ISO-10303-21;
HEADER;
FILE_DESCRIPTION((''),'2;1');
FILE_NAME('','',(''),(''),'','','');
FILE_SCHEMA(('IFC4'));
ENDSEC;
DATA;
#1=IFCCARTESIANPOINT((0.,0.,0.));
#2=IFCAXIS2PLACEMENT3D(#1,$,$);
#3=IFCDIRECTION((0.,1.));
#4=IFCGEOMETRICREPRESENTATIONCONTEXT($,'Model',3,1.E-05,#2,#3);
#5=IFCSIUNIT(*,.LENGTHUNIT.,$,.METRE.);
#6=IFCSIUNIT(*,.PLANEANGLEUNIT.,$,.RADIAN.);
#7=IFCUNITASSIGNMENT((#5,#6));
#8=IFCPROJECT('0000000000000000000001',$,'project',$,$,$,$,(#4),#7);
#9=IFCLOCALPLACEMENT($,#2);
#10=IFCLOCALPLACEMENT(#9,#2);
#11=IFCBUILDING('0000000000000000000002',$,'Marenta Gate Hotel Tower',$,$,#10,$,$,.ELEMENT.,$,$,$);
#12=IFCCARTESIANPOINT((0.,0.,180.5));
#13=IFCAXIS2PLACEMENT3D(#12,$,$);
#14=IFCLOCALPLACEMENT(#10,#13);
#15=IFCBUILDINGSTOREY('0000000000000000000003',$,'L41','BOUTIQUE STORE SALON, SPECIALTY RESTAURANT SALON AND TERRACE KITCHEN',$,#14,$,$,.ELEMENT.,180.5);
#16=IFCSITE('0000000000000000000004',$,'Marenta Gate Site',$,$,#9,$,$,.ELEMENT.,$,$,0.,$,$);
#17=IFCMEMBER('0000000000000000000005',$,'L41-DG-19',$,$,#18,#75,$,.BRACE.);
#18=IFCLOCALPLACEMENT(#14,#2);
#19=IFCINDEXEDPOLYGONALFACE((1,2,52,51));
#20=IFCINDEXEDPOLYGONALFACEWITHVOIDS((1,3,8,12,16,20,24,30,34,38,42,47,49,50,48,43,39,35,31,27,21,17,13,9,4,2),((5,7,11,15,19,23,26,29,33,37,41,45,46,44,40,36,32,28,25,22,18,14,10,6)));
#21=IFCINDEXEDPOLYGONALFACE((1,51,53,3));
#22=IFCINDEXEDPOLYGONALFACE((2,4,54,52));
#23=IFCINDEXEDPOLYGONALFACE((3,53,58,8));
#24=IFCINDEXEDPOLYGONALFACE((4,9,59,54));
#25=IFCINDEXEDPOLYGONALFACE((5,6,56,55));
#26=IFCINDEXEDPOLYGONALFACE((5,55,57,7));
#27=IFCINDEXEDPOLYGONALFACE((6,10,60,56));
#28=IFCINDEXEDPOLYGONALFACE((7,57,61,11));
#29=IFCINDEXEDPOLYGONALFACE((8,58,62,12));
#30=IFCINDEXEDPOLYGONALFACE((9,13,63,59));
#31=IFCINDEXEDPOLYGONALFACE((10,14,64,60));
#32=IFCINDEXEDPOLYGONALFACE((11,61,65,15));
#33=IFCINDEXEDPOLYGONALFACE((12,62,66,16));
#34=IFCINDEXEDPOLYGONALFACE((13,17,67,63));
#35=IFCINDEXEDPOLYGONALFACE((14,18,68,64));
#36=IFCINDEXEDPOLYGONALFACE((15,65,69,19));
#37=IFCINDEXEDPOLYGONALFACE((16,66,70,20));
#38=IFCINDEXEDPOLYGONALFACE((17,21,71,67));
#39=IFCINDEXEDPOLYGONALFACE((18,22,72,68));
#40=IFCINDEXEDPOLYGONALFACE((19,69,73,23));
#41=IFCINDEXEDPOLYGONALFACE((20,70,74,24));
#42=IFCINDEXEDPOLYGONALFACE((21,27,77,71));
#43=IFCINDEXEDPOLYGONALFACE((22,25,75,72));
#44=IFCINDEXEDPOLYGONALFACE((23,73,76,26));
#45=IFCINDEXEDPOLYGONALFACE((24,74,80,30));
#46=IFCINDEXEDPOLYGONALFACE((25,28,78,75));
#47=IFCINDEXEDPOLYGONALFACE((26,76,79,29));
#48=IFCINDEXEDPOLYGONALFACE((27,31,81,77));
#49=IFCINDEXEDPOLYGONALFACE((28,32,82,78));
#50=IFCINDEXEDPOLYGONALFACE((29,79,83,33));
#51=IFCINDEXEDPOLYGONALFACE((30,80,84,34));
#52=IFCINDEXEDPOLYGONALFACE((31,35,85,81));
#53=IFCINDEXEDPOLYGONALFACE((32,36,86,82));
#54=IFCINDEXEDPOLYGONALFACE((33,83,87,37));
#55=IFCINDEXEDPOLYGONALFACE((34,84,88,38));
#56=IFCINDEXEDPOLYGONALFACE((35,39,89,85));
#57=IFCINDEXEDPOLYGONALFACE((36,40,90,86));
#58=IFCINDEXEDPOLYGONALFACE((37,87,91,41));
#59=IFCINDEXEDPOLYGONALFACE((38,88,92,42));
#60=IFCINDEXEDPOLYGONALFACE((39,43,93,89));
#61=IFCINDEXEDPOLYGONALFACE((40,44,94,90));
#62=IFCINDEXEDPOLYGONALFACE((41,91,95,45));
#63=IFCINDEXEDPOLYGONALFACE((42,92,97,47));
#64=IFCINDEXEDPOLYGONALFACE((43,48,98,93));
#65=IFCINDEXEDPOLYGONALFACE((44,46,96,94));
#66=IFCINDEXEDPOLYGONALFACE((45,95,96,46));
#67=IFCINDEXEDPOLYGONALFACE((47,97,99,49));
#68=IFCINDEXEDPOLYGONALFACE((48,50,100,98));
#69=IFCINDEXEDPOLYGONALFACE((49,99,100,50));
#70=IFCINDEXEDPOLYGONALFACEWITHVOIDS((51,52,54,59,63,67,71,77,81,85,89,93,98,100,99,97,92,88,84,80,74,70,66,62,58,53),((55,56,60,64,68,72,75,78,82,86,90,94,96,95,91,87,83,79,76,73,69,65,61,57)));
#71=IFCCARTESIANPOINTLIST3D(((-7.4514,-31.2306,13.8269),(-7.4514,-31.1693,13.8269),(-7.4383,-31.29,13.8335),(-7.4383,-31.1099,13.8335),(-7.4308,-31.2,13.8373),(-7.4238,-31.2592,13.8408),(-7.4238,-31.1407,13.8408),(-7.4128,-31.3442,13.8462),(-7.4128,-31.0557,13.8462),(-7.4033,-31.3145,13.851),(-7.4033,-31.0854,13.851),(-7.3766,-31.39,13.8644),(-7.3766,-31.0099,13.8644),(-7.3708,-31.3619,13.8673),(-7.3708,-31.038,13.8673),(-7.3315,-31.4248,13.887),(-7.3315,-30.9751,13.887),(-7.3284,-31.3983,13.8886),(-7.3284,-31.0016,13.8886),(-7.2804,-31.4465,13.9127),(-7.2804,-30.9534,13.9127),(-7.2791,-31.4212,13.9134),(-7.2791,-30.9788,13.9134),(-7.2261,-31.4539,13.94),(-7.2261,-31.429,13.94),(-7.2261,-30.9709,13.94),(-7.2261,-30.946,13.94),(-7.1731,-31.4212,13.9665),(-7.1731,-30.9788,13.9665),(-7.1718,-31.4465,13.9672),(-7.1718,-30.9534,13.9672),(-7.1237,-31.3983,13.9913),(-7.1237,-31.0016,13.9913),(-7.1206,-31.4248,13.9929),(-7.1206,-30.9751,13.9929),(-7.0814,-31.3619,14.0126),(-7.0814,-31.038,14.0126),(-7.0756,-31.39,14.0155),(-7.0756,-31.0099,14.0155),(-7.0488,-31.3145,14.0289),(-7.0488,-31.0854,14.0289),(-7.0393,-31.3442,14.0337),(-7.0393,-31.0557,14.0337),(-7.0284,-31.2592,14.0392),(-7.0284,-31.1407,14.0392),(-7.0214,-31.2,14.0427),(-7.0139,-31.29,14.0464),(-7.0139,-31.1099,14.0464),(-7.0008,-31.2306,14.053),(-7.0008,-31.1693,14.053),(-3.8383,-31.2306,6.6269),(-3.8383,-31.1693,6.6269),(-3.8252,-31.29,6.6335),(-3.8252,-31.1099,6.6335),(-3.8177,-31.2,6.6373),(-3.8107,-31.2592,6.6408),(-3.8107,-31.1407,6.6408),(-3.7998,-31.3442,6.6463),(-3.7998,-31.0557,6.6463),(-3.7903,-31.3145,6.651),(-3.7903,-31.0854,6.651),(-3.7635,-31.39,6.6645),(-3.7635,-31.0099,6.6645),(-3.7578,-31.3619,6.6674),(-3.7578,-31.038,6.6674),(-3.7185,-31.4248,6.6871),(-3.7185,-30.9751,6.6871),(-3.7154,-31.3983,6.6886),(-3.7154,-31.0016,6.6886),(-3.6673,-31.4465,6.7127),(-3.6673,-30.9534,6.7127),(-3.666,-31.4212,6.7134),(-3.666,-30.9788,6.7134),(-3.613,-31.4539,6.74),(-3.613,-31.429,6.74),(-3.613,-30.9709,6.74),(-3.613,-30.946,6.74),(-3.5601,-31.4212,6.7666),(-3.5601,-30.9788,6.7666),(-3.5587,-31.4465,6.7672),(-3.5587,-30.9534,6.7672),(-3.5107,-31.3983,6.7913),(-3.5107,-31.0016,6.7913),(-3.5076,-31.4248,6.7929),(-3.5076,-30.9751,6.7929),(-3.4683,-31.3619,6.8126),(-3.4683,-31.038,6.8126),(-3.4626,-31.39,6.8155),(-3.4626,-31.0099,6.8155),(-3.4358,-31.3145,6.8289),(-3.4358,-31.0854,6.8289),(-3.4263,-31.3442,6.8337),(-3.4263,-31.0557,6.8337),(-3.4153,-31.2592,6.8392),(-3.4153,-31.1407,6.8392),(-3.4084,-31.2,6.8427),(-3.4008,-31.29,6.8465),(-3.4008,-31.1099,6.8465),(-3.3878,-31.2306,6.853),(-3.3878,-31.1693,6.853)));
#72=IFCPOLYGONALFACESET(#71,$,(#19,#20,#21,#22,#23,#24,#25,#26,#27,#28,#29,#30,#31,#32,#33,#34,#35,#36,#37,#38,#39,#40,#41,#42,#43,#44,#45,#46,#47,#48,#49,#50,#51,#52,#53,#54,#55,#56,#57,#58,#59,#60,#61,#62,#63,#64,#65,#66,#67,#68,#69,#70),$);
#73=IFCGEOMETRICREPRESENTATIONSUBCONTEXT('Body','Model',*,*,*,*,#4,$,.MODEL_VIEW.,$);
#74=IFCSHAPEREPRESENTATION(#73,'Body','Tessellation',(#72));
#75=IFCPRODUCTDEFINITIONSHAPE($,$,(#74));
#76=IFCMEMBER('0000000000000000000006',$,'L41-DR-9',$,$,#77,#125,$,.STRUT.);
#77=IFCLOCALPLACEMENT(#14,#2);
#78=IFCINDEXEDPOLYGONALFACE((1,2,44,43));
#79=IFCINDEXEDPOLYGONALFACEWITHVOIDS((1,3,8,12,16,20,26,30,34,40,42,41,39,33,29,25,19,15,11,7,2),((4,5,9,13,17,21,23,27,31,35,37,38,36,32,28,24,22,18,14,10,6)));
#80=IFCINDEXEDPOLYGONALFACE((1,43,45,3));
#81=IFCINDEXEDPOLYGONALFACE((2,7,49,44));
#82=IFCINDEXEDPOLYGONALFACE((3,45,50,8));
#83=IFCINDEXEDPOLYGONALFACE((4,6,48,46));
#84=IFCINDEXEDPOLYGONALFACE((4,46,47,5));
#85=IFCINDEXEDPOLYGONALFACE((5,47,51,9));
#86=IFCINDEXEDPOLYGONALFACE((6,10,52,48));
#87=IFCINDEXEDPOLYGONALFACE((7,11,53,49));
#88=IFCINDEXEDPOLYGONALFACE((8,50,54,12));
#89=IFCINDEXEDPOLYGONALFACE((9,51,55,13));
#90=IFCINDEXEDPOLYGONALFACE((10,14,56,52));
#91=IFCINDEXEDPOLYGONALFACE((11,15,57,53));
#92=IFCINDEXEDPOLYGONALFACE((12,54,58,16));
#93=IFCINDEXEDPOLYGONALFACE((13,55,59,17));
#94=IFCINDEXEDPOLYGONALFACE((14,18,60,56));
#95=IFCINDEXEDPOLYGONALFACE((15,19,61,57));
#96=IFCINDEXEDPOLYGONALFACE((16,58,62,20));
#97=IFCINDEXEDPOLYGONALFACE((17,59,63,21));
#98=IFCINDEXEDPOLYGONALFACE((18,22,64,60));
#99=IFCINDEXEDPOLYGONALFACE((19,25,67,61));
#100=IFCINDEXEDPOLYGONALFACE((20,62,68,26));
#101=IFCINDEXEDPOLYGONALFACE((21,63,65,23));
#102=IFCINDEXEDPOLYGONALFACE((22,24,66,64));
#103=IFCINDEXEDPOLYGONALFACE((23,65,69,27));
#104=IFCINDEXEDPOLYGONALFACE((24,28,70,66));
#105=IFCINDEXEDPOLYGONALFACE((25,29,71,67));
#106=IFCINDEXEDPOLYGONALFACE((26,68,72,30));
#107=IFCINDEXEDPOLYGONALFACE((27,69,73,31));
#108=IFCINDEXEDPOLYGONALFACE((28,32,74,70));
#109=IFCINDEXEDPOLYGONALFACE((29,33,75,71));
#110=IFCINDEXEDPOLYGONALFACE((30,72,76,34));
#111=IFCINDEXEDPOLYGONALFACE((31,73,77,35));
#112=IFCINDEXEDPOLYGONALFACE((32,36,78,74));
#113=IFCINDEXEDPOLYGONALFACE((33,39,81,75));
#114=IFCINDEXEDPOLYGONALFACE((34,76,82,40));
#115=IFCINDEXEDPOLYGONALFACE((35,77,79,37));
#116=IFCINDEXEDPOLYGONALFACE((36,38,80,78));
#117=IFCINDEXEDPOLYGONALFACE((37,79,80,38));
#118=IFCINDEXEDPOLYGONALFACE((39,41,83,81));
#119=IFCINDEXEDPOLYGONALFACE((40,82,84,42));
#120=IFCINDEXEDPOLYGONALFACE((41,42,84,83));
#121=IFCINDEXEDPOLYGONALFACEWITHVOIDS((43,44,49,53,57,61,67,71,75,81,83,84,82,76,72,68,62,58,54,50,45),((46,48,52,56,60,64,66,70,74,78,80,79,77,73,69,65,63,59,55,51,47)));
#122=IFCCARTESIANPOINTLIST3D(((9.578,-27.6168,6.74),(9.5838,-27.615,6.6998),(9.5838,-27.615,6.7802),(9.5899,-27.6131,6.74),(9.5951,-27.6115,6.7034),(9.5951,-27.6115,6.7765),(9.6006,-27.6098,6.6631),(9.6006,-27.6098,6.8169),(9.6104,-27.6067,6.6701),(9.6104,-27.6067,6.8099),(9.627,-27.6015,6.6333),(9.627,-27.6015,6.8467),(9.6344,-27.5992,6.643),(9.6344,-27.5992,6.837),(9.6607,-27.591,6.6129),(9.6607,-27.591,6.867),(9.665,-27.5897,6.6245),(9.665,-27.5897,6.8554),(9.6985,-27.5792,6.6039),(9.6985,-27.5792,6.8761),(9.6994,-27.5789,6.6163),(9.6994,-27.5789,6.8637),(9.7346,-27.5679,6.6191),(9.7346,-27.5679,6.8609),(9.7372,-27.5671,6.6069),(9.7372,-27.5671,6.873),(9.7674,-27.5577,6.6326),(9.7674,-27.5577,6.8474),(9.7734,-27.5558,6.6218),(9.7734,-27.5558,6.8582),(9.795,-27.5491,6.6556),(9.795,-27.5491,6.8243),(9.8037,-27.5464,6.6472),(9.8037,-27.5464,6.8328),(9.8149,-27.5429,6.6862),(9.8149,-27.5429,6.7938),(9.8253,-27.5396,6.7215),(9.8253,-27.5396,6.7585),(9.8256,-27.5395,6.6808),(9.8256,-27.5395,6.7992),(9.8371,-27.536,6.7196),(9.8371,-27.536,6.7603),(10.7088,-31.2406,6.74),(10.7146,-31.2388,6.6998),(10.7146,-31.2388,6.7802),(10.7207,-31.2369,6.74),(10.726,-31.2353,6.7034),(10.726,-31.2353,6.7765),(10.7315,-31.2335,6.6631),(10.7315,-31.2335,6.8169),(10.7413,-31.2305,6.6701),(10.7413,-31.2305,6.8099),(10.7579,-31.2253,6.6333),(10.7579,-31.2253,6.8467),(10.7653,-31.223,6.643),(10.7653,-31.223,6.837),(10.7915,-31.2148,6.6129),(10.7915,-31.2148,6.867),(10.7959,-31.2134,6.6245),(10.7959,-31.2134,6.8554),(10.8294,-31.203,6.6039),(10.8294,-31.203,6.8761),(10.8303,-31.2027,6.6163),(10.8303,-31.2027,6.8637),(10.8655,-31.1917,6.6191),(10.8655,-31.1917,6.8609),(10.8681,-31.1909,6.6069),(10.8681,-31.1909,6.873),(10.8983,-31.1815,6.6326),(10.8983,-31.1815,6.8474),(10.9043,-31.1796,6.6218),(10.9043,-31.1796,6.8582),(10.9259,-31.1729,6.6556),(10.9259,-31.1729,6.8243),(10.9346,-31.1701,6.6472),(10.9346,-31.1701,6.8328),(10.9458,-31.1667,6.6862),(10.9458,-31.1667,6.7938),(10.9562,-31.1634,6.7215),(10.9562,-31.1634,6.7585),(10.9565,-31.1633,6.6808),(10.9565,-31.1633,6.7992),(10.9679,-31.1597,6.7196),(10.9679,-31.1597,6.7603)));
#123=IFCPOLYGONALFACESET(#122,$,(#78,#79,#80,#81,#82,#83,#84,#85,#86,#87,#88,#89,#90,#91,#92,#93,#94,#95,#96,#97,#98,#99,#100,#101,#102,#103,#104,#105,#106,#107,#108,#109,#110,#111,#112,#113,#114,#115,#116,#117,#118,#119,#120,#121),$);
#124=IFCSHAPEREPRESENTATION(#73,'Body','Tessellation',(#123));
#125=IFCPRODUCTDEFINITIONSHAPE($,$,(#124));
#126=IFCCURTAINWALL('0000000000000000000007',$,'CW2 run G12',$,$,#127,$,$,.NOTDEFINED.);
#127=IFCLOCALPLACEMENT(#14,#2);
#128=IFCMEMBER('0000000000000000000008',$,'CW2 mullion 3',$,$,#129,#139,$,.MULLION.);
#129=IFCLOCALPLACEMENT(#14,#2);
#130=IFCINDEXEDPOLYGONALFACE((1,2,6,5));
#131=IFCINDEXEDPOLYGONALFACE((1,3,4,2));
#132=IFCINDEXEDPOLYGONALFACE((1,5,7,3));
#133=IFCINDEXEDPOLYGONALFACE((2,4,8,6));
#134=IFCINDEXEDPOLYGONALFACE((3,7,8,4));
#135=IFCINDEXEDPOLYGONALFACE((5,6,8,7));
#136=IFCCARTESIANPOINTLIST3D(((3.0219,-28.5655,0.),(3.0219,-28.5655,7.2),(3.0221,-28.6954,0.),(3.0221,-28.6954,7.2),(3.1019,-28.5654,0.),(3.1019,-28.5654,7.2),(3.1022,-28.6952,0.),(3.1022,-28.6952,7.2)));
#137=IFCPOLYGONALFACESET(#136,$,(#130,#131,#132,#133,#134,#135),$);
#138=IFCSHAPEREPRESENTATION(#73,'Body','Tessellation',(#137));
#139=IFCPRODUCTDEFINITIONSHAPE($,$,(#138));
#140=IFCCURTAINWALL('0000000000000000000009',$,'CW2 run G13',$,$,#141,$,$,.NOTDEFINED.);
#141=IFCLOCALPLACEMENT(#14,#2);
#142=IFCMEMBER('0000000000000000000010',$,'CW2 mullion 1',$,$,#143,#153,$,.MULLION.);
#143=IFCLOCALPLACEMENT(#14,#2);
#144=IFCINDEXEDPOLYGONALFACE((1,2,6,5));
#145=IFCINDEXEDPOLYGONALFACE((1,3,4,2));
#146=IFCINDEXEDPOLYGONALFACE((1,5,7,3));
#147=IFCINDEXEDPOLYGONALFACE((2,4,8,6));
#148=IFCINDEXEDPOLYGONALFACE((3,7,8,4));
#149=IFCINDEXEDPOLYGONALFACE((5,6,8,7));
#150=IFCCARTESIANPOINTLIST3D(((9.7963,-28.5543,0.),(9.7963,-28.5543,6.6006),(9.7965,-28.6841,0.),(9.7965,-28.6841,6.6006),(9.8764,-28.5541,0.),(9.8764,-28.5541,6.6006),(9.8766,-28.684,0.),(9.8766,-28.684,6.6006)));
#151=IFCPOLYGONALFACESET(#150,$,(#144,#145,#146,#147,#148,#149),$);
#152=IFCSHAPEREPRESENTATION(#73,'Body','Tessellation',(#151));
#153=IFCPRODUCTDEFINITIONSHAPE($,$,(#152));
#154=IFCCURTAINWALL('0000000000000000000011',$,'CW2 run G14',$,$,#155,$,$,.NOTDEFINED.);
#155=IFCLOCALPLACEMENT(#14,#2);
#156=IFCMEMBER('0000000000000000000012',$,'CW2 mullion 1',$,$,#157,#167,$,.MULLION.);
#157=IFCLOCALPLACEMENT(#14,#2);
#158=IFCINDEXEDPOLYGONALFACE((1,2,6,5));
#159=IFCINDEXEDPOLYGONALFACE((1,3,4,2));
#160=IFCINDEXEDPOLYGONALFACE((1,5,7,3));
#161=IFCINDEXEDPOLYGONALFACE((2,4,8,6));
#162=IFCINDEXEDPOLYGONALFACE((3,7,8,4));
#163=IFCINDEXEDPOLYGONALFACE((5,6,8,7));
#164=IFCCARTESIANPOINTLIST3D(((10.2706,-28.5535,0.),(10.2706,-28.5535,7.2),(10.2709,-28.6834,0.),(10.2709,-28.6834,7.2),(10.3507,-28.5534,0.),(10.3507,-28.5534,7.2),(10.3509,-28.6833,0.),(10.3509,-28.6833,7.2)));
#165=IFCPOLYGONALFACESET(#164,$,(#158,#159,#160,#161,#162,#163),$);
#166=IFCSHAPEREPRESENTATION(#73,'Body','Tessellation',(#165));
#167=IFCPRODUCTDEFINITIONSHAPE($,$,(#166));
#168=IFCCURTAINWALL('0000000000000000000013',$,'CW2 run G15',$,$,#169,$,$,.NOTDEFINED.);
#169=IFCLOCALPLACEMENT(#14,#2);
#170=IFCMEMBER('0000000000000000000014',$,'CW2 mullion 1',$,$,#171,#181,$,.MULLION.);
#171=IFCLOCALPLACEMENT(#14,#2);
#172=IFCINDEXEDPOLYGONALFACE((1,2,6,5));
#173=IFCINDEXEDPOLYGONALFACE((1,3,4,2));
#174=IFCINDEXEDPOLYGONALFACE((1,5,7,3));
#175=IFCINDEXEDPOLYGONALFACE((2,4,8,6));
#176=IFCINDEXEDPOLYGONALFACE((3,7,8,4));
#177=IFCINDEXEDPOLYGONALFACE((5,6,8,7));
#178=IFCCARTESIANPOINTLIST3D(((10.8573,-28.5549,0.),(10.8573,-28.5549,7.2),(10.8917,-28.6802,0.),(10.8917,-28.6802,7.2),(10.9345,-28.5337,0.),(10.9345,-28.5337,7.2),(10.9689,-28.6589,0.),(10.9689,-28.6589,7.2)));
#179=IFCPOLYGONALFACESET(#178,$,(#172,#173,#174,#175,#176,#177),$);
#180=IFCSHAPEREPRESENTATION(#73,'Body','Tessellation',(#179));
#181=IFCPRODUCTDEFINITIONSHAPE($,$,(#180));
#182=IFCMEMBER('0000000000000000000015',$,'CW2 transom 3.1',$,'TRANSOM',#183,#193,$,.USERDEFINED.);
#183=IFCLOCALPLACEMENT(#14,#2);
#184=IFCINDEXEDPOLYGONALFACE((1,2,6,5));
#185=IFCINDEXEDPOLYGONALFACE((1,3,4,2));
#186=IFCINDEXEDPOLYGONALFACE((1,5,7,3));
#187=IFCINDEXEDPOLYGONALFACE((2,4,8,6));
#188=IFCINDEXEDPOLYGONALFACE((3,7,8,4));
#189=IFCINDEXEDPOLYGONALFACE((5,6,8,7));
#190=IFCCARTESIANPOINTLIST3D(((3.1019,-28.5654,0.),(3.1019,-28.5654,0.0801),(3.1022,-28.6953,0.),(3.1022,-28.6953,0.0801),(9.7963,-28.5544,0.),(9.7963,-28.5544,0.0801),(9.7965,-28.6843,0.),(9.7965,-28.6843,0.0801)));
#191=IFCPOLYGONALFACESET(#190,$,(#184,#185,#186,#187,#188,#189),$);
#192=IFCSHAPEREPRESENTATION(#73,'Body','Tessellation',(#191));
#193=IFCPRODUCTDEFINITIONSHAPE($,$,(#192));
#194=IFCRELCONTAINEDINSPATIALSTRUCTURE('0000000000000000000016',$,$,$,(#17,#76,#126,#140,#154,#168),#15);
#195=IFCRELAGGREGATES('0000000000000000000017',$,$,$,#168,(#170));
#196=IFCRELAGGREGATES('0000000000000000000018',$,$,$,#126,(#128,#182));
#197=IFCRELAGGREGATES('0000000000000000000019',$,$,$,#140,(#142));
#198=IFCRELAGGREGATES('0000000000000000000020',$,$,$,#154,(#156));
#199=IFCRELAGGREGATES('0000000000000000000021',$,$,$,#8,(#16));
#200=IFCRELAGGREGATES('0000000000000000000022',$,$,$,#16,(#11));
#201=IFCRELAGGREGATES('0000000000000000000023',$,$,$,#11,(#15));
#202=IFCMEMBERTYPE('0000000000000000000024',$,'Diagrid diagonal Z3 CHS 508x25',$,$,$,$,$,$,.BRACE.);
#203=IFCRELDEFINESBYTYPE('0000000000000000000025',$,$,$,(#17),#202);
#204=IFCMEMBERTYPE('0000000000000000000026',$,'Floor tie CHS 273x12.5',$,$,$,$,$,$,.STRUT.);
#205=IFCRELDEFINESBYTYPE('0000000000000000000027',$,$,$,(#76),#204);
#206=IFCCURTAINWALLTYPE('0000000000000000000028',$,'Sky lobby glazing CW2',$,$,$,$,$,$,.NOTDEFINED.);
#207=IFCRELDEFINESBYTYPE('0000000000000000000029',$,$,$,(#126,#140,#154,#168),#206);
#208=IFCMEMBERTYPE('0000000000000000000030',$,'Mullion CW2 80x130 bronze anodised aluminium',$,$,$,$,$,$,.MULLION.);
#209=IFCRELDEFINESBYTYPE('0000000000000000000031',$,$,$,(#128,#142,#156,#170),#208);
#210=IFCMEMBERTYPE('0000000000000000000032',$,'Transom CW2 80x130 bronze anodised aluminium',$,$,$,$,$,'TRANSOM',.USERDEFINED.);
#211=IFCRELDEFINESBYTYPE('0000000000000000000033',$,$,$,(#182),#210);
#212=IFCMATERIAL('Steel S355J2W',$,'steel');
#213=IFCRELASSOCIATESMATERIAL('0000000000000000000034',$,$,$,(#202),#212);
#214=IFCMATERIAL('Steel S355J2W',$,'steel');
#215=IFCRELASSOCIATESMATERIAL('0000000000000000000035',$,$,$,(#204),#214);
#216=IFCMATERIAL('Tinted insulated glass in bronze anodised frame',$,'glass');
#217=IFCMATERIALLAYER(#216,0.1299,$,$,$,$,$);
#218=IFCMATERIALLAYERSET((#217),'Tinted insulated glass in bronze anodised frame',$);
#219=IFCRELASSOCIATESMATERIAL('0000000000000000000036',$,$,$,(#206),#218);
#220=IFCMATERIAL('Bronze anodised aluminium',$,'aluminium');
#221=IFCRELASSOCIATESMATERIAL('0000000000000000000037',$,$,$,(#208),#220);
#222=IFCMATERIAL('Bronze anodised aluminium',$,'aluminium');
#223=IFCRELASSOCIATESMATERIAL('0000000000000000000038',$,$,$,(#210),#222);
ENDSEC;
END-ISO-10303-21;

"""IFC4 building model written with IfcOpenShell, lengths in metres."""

from ifc_helpers import new_model, si_unit, direction, frame, origin, origin_2d, place, context, subcontext, project, spatial, rectangle, hollow_circle, extrude, material, layer, layer_set, material_profile, profile_set, type_object, element, aggregate, save


model = new_model("IFC4")

# Units and contexts
model_context = context("Model", 3, precision=1e-05, world=origin(), true_north=direction((0.0, 1.0)))
body_context = subcontext(model_context, "Body", "Model", "MODEL_VIEW")
ifc_project = project(units=[si_unit("LENGTHUNIT", "METRE"), si_unit("PLANEANGLEUNIT", "RADIAN")], contexts=[model_context])

# Site, building, storey
site_placement = place(None, origin())
site = spatial("IfcSite", under=ifc_project, at=site_placement, Name="Marenta Gate Site", CompositionType="ELEMENT", RefElevation=0.0)
building_placement = place(site_placement, origin())
building = spatial("IfcBuilding", under=site, at=building_placement, Name="Marenta Gate Hotel Tower", CompositionType="ELEMENT")
storey_placement = place(building_placement, frame((0.0, 0.0, 180.5)))
storey = spatial("IfcBuildingStorey", under=building, at=storey_placement, Name="L41", Description="BOUTIQUE STORE SALON, SPECIALTY RESTAURANT SALON AND TERRACE KITCHEN", CompositionType="ELEMENT", Elevation=180.5)

# Members
ifc_material_1 = material(Name="Steel S355J2W", Category="steel")
ifc_material_profile_1 = material_profile(ifc_material_1, hollow_circle(Radius=0.2539, WallThickness=0.0249, at=origin_2d()), Name="CHS 508x25")
ifc_profile_set_1 = profile_set([ifc_material_profile_1], Name="Steel S355J2W")
member_type_1 = type_object("IfcMemberType", Name="Diagrid diagonal Z3 CHS 508x25", PredefinedType="BRACE", material=ifc_profile_set_1)
for number, where, z_axis, x_axis, name in (
    (1, (-3.613, -31.2, 6.74), (-0.44851, 0.0, 0.893778), (0.0, -1.0, 0.0), "L41-DG-19"),
):
    element("IfcMember", number, at=place(storey_placement, frame(where, z_axis=z_axis, x_axis=x_axis)), inside=storey, type_object=member_type_1, Name=name, PredefinedType="BRACE", context=body_context, shape_type="SweptSolid", body=[
        extrude(hollow_circle(Radius=0.2539, WallThickness=0.0249, at=origin_2d()), origin(), (0.0, 0.0, 1.0), 8.0557),
    ])
ifc_material_2 = material(Name="Steel S355J2W", Category="steel")
ifc_material_profile_2 = material_profile(ifc_material_2, hollow_circle(Radius=0.1365, WallThickness=0.0125, at=origin_2d()), Name="CHS 273x12.5")
ifc_profile_set_2 = profile_set([ifc_material_profile_2], Name="Steel S355J2W")
member_type_2 = type_object("IfcMemberType", Name="Floor tie CHS 273x12.5", PredefinedType="STRUT", material=ifc_profile_set_2)
member_1_placement = place(storey_placement, frame((10.8391, -31.2, 6.74), z_axis=(-0.297898, 0.954598, 0.0), x_axis=(-0.954598, -0.297898, 0.0)))
element("IfcMember", 2, at=member_1_placement, inside=storey, type_object=member_type_2, Name="L41-DR-9", PredefinedType="STRUT", context=body_context, shape_type="SweptSolid", body=[
    extrude(hollow_circle(Radius=0.1365, WallThickness=0.0125, at=origin_2d()), origin(), (0.0, 0.0, 1.0), 3.7961),
])

# Curtain walls, members
ifc_material_3 = material(Name="Tinted insulated glass in bronze anodised frame", Category="glass")
ifc_layer_1 = layer(ifc_material_3, 0.1299)
ifc_layer_set_1 = layer_set([ifc_layer_1], Name="Tinted insulated glass in bronze anodised frame")
curtain_wall_type = type_object("IfcCurtainWallType", Name="Sky lobby glazing CW2", PredefinedType="NOTDEFINED", material=ifc_layer_set_1)
curtain_wall_1_placement = place(storey_placement, origin())
curtain_wall_1 = element("IfcCurtainWall", 3, at=curtain_wall_1_placement, inside=storey, type_object=curtain_wall_type, Name="CW2 run G12", PredefinedType="NOTDEFINED")
ifc_material_4 = material(Name="Bronze anodised aluminium", Category="aluminium")
ifc_material_profile_3 = material_profile(ifc_material_4, rectangle(XDim=0.1299, YDim=0.0801, at=origin_2d()), Name="Mullion CW2 80x130 bronze anodised aluminium")
ifc_profile_set_3 = profile_set([ifc_material_profile_3], Name="Bronze anodised aluminium")
member_type_3 = type_object("IfcMemberType", Name="Mullion CW2 80x130 bronze anodised aluminium", PredefinedType="MULLION", material=ifc_profile_set_3)
member_2_placement = place(storey_placement, frame((3.062, -28.6304, 0.0), z_axis=(0.0, 0.0, 1.0), x_axis=(-0.001643, 0.999999, 0.0)))
member_2 = element("IfcMember", 4, at=member_2_placement, type_object=member_type_3, Name="CW2 mullion 3", PredefinedType="MULLION", context=body_context, shape_type="SweptSolid", body=[
    extrude(rectangle(XDim=0.1299, YDim=0.0801, at=origin_2d()), origin(), (0.0, 0.0, 1.0), 7.2),
])
curtain_wall_2_placement = place(storey_placement, origin())
curtain_wall_2 = element("IfcCurtainWall", 5, at=curtain_wall_2_placement, inside=storey, type_object=curtain_wall_type, Name="CW2 run G13", PredefinedType="NOTDEFINED")
member_3_placement = place(storey_placement, frame((9.8364, -28.6191, 0.0), z_axis=(0.0, 0.0, 1.0), x_axis=(-0.001687, 0.999999, 0.0)))
member_3 = element("IfcMember", 6, at=member_3_placement, type_object=member_type_3, Name="CW2 mullion 1", PredefinedType="MULLION", context=body_context, shape_type="SweptSolid", body=[
    extrude(rectangle(XDim=0.1299, YDim=0.0801, at=origin_2d()), origin(), (0.0, 0.0, 1.0), 6.6006),
])
curtain_wall_3_placement = place(storey_placement, origin())
curtain_wall_3 = element("IfcCurtainWall", 7, at=curtain_wall_3_placement, inside=storey, type_object=curtain_wall_type, Name="CW2 run G14", PredefinedType="NOTDEFINED")
member_4_placement = place(storey_placement, frame((10.3108, -28.6184, 0.0), z_axis=(0.0, 0.0, 1.0), x_axis=(-0.001656, 0.999999, 0.0)))
member_4 = element("IfcMember", 8, at=member_4_placement, type_object=member_type_3, Name="CW2 mullion 1", PredefinedType="MULLION", context=body_context, shape_type="SweptSolid", body=[
    extrude(rectangle(XDim=0.1299, YDim=0.0801, at=origin_2d()), origin(), (0.0, 0.0, 1.0), 7.2),
])
curtain_wall_4_placement = place(storey_placement, origin())
curtain_wall_4 = element("IfcCurtainWall", 9, at=curtain_wall_4_placement, inside=storey, type_object=curtain_wall_type, Name="CW2 run G15", PredefinedType="NOTDEFINED")
member_5_placement = place(storey_placement, frame((10.9131, -28.6069, 0.0), z_axis=(0.0, 0.0, 1.0), x_axis=(-0.265299, 0.964166, 0.0)))
member_5 = element("IfcMember", 10, at=member_5_placement, type_object=member_type_3, Name="CW2 mullion 1", PredefinedType="MULLION", context=body_context, shape_type="SweptSolid", body=[
    extrude(rectangle(XDim=0.1299, YDim=0.0801, at=origin_2d()), origin(), (0.0, 0.0, 1.0), 7.2),
])

# Member
ifc_material_5 = material(Name="Bronze anodised aluminium", Category="aluminium")
ifc_material_profile_4 = material_profile(ifc_material_5, rectangle(XDim=0.1299, YDim=0.0801, at=origin_2d()), Name="Transom CW2 80x130 bronze anodised aluminium")
ifc_profile_set_4 = profile_set([ifc_material_profile_4], Name="Bronze anodised aluminium")
member_type_4 = type_object("IfcMemberType", Name="Transom CW2 80x130 bronze anodised aluminium", ElementType="TRANSOM", PredefinedType="USERDEFINED", material=ifc_profile_set_4)
member_6_placement = place(storey_placement, frame((3.1021, -28.6304, 0.04), z_axis=(0.999999, 0.001641, 0.0), x_axis=(-0.001641, 0.999999, 0.0)))
member_6 = element("IfcMember", 11, at=member_6_placement, type_object=member_type_4, Name="CW2 transom 3.1", ObjectType="TRANSOM", PredefinedType="USERDEFINED", context=body_context, shape_type="SweptSolid", body=[
    extrude(rectangle(XDim=0.1299, YDim=0.0801, at=origin_2d()), origin(), (0.0, 0.0, 1.0), 6.6943),
])
aggregate(curtain_wall_4, [member_5])

aggregate(curtain_wall_1, [member_2, member_6])
aggregate(curtain_wall_2, [member_3])
aggregate(curtain_wall_3, [member_4])

save(model, "model.ifc")
